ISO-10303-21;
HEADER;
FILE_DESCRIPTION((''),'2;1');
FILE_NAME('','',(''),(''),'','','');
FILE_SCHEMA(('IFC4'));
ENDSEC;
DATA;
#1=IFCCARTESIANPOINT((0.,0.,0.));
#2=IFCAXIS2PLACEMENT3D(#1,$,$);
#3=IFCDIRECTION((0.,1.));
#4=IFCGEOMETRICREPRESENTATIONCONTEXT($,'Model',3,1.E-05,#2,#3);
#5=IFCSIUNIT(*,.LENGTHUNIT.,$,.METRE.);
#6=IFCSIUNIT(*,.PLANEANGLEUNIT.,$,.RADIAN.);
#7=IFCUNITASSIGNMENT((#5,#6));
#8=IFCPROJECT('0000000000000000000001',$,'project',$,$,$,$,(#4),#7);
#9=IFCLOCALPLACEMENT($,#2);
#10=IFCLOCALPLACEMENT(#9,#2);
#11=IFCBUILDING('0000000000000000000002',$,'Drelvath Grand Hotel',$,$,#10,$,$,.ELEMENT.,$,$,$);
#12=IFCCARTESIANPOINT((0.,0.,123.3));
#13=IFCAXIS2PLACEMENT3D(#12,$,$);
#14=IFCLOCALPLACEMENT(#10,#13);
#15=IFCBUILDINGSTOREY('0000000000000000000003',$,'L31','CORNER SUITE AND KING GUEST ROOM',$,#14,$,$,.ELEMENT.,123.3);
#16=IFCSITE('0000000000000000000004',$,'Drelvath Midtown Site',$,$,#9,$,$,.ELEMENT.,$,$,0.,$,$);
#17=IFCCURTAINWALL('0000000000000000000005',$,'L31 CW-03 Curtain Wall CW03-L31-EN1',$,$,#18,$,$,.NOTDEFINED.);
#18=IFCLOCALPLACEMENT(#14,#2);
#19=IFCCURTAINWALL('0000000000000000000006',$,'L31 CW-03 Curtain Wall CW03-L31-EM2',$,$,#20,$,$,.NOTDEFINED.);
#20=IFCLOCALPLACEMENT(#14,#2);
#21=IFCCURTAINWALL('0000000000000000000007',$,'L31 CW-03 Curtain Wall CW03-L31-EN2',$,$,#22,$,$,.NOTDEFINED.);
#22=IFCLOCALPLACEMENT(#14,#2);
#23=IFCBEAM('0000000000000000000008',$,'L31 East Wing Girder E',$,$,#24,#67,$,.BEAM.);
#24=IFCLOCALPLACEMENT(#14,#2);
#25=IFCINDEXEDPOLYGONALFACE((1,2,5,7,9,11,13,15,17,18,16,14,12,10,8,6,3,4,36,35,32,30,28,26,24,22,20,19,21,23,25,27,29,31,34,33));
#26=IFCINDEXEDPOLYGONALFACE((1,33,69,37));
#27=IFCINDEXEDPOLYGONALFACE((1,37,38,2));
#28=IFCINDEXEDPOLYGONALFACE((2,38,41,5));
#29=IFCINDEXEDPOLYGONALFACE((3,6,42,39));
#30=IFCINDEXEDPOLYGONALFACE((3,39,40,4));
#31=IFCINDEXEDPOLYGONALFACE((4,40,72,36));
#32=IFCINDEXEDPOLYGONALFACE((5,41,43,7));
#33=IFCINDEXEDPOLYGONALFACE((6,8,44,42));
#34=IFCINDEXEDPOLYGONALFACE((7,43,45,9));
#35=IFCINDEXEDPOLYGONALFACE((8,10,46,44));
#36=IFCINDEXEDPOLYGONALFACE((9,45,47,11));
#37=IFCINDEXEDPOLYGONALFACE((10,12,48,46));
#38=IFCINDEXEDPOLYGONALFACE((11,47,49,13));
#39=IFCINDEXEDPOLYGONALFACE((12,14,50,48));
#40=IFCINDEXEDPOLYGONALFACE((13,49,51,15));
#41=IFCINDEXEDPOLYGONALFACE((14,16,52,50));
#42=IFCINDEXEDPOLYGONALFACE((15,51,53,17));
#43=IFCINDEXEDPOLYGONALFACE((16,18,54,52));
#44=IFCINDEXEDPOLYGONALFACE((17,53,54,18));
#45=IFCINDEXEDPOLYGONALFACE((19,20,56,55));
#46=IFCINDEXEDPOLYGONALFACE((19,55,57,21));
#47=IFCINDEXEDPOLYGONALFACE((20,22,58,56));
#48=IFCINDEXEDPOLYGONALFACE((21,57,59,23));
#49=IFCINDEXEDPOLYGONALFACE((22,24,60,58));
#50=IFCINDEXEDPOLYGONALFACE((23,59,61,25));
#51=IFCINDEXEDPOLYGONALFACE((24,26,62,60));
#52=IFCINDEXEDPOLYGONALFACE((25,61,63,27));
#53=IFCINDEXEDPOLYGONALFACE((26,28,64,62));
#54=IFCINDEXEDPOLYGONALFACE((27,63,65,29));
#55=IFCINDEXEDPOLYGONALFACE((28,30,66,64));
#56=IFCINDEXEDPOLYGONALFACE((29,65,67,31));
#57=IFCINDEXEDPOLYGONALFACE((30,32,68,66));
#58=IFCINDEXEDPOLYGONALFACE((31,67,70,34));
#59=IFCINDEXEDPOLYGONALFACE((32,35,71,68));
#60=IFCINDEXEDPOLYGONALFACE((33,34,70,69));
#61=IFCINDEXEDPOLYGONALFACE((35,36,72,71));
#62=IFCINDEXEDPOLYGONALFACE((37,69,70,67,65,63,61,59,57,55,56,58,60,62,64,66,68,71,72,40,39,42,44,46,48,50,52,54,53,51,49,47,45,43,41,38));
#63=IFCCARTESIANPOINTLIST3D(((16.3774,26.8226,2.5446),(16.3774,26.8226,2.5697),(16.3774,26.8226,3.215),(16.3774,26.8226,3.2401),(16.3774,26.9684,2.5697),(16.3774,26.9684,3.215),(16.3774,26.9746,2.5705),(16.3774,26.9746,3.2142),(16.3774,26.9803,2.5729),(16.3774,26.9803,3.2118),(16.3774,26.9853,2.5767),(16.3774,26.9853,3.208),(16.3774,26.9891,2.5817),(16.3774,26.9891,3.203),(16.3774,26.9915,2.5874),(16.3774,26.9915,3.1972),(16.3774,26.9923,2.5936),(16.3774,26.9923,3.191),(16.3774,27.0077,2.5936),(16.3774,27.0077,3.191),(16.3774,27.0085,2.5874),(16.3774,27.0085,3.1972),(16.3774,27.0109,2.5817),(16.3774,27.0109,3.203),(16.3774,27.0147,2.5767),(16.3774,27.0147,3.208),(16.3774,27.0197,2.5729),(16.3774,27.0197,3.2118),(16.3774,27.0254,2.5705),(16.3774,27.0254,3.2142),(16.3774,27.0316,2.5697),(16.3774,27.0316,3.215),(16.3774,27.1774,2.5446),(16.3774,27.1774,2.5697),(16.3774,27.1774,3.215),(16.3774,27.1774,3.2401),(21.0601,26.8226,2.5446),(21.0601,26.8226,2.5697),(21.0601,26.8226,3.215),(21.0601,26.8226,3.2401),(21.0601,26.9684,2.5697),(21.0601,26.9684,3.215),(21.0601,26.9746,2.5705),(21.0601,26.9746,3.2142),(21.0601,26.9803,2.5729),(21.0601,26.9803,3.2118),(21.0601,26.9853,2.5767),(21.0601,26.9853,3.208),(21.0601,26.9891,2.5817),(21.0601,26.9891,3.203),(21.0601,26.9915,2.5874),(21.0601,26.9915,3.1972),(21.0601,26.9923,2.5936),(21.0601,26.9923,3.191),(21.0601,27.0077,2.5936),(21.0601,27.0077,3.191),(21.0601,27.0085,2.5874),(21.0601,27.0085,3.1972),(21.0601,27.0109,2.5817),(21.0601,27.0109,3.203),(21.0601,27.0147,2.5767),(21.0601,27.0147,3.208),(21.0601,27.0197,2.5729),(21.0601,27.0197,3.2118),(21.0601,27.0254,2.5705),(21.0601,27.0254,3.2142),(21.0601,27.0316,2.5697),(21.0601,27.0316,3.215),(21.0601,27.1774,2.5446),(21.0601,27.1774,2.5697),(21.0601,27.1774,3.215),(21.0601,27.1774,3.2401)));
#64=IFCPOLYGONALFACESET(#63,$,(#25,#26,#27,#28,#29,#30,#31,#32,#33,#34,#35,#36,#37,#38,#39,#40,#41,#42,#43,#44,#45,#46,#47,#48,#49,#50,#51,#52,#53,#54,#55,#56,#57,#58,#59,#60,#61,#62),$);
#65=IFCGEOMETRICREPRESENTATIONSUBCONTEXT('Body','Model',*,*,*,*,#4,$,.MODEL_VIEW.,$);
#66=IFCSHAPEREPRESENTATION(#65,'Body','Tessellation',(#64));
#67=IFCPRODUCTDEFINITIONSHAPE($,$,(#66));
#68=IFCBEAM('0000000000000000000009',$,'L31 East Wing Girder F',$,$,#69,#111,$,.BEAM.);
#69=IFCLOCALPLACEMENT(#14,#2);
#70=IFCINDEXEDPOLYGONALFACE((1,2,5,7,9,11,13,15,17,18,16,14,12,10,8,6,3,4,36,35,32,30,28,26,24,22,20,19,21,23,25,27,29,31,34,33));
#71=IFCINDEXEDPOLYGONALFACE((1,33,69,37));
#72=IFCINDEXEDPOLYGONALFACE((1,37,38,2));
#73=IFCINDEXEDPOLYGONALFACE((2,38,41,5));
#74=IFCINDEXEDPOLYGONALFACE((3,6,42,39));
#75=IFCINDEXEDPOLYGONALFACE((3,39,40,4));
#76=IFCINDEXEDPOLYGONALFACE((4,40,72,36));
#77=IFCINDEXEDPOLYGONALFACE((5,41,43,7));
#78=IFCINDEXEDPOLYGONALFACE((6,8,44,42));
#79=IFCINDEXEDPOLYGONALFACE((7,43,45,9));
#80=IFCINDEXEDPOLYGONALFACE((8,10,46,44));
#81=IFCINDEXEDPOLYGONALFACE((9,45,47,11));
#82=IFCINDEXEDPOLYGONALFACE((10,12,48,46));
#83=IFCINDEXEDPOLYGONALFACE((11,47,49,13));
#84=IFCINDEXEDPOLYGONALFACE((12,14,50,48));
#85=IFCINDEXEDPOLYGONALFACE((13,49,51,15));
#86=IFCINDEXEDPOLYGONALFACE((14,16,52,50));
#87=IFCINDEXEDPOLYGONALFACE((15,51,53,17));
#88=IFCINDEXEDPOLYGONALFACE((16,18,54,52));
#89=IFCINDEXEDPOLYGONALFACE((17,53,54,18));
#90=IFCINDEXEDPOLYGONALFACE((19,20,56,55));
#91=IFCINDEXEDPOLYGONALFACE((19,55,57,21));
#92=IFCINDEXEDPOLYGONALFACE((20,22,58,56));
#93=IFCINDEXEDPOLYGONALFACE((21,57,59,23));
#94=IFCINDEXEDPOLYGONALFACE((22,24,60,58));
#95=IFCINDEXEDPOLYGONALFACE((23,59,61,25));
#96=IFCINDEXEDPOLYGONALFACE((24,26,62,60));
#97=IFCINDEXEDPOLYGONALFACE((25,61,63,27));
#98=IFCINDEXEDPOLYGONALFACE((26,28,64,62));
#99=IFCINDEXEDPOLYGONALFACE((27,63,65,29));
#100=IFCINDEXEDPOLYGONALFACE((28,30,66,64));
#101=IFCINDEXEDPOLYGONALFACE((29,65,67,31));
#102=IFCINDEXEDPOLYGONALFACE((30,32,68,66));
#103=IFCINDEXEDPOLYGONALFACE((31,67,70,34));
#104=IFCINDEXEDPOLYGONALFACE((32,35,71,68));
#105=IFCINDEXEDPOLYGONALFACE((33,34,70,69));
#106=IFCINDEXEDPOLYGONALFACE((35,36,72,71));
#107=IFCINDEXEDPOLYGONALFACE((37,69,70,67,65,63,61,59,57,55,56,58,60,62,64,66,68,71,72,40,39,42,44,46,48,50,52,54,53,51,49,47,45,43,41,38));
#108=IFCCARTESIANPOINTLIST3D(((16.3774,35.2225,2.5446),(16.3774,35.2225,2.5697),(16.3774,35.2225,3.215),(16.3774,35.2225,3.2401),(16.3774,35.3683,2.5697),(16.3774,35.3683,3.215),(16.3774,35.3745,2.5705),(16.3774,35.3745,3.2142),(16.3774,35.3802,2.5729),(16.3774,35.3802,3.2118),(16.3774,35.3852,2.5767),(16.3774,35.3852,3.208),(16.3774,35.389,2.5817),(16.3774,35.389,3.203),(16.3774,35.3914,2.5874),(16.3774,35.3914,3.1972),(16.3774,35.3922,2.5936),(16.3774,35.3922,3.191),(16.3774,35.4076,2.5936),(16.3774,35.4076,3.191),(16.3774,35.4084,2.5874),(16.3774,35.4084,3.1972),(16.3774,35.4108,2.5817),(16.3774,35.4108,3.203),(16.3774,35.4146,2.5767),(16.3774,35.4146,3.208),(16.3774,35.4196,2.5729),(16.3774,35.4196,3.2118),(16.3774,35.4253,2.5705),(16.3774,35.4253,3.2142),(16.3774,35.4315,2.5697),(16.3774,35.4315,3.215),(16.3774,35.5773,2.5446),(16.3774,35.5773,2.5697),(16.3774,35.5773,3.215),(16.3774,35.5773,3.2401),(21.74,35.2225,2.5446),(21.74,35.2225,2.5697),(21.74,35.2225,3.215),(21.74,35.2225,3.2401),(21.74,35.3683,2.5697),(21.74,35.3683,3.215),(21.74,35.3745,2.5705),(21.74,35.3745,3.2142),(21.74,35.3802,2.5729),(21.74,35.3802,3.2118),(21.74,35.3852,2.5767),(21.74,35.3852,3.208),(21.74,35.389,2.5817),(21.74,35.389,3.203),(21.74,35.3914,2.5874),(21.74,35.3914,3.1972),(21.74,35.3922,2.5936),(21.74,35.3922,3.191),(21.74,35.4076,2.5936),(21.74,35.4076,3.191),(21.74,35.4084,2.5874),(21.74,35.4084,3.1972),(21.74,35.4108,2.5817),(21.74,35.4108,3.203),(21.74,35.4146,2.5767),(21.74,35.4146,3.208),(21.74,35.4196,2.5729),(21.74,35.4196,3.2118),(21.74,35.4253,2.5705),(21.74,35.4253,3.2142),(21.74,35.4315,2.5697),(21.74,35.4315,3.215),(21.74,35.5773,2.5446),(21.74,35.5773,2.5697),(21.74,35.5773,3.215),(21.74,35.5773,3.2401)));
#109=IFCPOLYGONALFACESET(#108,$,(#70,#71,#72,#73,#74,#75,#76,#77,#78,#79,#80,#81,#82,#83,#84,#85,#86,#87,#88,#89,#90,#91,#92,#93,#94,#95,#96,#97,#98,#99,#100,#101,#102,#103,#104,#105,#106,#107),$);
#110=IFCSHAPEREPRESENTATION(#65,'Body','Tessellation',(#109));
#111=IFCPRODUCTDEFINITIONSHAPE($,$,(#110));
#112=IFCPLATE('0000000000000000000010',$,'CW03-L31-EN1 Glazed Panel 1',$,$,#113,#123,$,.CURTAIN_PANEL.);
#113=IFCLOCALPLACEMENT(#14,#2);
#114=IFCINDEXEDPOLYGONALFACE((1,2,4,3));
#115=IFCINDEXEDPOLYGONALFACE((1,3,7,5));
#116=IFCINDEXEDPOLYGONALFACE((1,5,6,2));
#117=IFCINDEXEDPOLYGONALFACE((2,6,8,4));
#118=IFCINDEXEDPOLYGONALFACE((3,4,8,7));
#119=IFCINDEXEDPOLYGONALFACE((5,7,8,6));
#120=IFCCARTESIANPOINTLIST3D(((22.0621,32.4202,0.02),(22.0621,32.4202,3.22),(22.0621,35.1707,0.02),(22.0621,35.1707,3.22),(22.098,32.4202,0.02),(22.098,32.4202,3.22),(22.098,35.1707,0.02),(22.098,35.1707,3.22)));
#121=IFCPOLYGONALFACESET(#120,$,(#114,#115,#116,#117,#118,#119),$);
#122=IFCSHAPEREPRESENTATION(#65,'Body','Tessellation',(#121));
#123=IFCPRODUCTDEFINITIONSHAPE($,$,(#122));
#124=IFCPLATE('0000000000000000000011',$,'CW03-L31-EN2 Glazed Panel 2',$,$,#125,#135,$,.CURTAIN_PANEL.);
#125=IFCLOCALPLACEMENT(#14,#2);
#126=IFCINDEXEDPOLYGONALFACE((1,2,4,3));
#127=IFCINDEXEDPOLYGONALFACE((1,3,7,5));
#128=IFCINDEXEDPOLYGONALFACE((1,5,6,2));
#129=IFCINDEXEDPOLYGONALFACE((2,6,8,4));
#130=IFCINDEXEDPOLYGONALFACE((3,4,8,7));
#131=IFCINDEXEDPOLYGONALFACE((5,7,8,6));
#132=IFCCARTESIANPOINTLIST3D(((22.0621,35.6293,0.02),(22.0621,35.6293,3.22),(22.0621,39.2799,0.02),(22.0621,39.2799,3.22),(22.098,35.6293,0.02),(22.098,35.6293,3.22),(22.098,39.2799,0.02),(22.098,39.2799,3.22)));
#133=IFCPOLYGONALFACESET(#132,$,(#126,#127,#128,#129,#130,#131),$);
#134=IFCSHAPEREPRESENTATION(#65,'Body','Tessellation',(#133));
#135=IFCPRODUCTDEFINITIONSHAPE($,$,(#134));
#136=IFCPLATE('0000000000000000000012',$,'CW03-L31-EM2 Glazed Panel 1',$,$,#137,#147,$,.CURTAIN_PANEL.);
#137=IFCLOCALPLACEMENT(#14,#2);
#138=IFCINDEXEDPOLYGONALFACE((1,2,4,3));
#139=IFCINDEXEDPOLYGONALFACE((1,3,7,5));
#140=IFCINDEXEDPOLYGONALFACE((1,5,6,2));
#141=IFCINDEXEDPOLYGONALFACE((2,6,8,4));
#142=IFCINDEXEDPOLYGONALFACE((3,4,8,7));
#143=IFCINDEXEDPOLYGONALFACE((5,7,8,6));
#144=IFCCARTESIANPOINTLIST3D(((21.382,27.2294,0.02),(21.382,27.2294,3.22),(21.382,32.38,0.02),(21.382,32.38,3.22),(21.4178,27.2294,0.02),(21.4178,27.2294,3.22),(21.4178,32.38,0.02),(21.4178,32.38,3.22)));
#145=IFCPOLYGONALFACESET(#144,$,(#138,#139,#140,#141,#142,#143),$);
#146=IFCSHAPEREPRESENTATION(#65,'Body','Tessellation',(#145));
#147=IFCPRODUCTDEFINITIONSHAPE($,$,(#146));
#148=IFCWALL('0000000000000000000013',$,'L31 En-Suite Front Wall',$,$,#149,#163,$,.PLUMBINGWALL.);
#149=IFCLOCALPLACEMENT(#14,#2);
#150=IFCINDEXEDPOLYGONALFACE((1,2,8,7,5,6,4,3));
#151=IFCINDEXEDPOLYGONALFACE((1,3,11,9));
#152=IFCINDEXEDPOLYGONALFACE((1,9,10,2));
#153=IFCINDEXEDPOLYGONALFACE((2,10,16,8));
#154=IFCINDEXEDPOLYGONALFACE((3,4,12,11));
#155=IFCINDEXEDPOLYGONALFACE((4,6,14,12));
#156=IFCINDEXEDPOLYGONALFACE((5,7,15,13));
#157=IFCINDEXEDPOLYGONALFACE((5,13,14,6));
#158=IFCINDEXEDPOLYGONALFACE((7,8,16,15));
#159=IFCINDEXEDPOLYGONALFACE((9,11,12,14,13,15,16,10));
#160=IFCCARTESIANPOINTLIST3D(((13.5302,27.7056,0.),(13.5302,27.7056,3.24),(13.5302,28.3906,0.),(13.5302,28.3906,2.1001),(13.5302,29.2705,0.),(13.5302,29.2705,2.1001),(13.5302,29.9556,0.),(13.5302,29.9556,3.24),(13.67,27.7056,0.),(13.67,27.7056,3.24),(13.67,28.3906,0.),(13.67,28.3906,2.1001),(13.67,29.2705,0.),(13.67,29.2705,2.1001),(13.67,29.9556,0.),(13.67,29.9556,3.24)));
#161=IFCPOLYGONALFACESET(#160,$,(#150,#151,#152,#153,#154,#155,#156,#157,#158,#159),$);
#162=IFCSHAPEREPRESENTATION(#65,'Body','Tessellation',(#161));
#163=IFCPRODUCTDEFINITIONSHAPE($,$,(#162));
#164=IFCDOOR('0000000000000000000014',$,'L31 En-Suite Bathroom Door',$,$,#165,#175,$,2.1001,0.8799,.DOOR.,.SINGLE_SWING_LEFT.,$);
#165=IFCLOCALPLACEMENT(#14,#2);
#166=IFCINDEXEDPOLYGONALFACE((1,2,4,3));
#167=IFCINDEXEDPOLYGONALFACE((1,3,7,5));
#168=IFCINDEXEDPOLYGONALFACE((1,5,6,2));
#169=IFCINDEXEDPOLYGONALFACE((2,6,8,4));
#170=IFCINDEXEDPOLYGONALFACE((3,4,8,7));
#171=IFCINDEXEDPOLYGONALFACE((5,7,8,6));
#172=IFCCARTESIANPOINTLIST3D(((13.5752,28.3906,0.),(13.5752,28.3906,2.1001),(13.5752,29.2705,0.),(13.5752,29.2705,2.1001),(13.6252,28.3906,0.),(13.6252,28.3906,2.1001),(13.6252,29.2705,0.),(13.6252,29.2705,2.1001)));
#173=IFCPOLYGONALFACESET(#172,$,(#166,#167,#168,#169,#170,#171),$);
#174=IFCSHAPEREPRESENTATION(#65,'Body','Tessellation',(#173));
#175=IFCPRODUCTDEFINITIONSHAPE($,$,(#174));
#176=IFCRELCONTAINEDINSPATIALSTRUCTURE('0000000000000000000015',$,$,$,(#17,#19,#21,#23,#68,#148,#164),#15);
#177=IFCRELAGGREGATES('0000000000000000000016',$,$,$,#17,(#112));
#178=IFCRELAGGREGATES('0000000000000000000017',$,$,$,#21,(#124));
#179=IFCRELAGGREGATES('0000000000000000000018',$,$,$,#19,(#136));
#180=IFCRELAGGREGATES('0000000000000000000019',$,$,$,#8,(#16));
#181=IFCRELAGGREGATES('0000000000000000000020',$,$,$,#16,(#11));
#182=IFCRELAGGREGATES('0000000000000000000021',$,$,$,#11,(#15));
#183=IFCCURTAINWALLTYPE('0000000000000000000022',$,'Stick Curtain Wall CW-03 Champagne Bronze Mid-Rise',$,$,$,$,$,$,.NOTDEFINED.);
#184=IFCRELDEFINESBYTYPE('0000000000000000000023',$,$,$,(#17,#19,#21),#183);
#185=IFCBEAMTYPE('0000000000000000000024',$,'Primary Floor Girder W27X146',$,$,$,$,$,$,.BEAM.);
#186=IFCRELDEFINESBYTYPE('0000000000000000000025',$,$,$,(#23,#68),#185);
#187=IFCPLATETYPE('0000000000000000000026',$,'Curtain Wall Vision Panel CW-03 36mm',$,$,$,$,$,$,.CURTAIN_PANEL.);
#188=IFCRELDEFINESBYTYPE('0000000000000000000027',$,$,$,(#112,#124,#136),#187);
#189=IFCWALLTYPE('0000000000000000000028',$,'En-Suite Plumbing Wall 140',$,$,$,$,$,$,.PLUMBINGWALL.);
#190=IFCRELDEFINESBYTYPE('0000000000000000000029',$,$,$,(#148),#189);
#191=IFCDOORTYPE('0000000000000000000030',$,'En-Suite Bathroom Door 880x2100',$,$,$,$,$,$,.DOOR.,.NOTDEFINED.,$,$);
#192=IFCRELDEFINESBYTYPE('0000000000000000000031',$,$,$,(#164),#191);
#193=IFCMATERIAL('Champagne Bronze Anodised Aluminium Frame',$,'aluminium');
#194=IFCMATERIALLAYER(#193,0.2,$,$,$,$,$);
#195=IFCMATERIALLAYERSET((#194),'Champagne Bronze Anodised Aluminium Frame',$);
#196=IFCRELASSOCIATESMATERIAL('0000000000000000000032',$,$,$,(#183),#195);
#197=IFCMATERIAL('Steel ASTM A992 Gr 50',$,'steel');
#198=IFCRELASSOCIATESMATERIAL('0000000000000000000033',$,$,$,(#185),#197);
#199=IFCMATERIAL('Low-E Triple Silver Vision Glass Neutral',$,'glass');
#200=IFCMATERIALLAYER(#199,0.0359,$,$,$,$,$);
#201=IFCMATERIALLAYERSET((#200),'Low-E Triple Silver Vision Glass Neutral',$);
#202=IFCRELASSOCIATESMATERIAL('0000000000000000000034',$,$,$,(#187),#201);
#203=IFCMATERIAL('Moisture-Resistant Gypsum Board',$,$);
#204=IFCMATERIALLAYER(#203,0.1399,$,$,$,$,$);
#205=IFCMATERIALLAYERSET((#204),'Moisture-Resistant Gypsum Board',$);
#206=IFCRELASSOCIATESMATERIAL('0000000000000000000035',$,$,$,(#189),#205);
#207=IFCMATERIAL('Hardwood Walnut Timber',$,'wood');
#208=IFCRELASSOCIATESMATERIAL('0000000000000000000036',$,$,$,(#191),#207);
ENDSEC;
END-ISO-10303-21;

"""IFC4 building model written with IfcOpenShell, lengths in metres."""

from ifc_helpers import new_model, si_unit, direction, frame, frame_2d, origin, origin_2d, place, context, subcontext, project, spatial, rectangle, i_section, extrude, material, layer, layer_set, material_profile, profile_set, type_object, element, fill, aggregate, save


model = new_model("IFC4")

# Units and contexts
model_context = context("Model", 3, precision=1e-05, world=origin(), true_north=direction((0.0, 1.0)))
body_context = subcontext(model_context, "Body", "Model", "MODEL_VIEW")
ifc_project = project(units=[si_unit("LENGTHUNIT", "METRE"), si_unit("PLANEANGLEUNIT", "RADIAN")], contexts=[model_context])

# Site, building, storey
site_placement = place(None, origin())
site = spatial("IfcSite", under=ifc_project, at=site_placement, Name="Drelvath Midtown Site", CompositionType="ELEMENT", RefElevation=0.0)
building_placement = place(site_placement, origin())
building = spatial("IfcBuilding", under=site, at=building_placement, Name="Drelvath Grand Hotel", CompositionType="ELEMENT")
storey_placement = place(building_placement, frame((0.0, 0.0, 123.3)))
storey = spatial("IfcBuildingStorey", under=building, at=storey_placement, Name="L31", Description="CORNER SUITE AND KING GUEST ROOM", CompositionType="ELEMENT", Elevation=123.3)

# Curtain walls
ifc_material_1 = material(Name="Champagne Bronze Anodised Aluminium Frame", Category="aluminium")
ifc_layer_1 = layer(ifc_material_1, 0.2)
ifc_layer_set_1 = layer_set([ifc_layer_1], Name="Champagne Bronze Anodised Aluminium Frame")
curtain_wall_type = type_object("IfcCurtainWallType", Name="Stick Curtain Wall CW-03 Champagne Bronze Mid-Rise", PredefinedType="NOTDEFINED", material=ifc_layer_set_1)
curtain_wall_1_placement = place(storey_placement, origin())
curtain_wall_1 = element("IfcCurtainWall", 1, at=curtain_wall_1_placement, inside=storey, type_object=curtain_wall_type, Name="L31 CW-03 Curtain Wall CW03-L31-EN1", PredefinedType="NOTDEFINED")
curtain_wall_2_placement = place(storey_placement, origin())
curtain_wall_2 = element("IfcCurtainWall", 2, at=curtain_wall_2_placement, inside=storey, type_object=curtain_wall_type, Name="L31 CW-03 Curtain Wall CW03-L31-EM2", PredefinedType="NOTDEFINED")

# Curtain wall
curtain_wall_3_placement = place(storey_placement, origin())
curtain_wall_3 = element("IfcCurtainWall", 3, at=curtain_wall_3_placement, inside=storey, type_object=curtain_wall_type, Name="L31 CW-03 Curtain Wall CW03-L31-EN2", PredefinedType="NOTDEFINED")

# Beams
ifc_material_2 = material(Name="Steel ASTM A992 Gr 50", Category="steel")
ifc_material_profile_1 = material_profile(ifc_material_2, i_section(OverallWidth=0.3547, OverallDepth=0.6956, WebThickness=0.0154, FlangeThickness=0.0251, FilletRadius=0.0239, at=origin_2d()), Name="W27X146")
ifc_profile_set_1 = profile_set([ifc_material_profile_1], Name="Steel ASTM A992 Gr 50")
beam_type_1 = type_object("IfcBeamType", Name="Primary Floor Girder W27X146", PredefinedType="BEAM", material=ifc_profile_set_1)
beam_1_placement = place(storey_placement, frame((16.3774, 27.0, 2.8923), z_axis=(1.0, 0.0, 0.0), x_axis=(0.0, 1.0, 0.0)))
element("IfcBeam", 4, at=beam_1_placement, inside=storey, type_object=beam_type_1, Name="L31 East Wing Girder E", PredefinedType="BEAM", context=body_context, shape_type="SweptSolid", body=[
    extrude(i_section(OverallWidth=0.3547, OverallDepth=0.6956, WebThickness=0.0154, FlangeThickness=0.0251, FilletRadius=0.0239, at=origin_2d()), origin(), (0.0, 0.0, 1.0), 4.6826),
])
beam_2_placement = place(storey_placement, frame((16.3774, 35.3999, 2.8923), z_axis=(1.0, 0.0, 0.0), x_axis=(0.0, 1.0, 0.0)))
element("IfcBeam", 5, at=beam_2_placement, inside=storey, type_object=beam_type_1, Name="L31 East Wing Girder F", PredefinedType="BEAM", context=body_context, shape_type="SweptSolid", body=[
    extrude(i_section(OverallWidth=0.3547, OverallDepth=0.6956, WebThickness=0.0154, FlangeThickness=0.0251, FilletRadius=0.0239, at=origin_2d()), origin(), (0.0, 0.0, 1.0), 5.3625),
])

# Plates
ifc_material_3 = material(Name="Low-E Triple Silver Vision Glass Neutral", Category="glass")
ifc_layer_2 = layer(ifc_material_3, 0.0359)
ifc_layer_set_2 = layer_set([ifc_layer_2], Name="Low-E Triple Silver Vision Glass Neutral")
plate_type = type_object("IfcPlateType", Name="Curtain Wall Vision Panel CW-03 36mm", PredefinedType="CURTAIN_PANEL", material=ifc_layer_set_2)
plate_1_placement = place(storey_placement, frame((22.0801, 33.7954, 0.02), z_axis=(0.0, 0.0, 1.0), x_axis=(0.0, -1.0, 0.0)))
plate_1 = element("IfcPlate", 6, at=plate_1_placement, type_object=plate_type, Name="CW03-L31-EN1 Glazed Panel 1", PredefinedType="CURTAIN_PANEL", context=body_context, shape_type="SweptSolid", body=[
    extrude(rectangle(XDim=2.7505, YDim=0.0359, at=origin_2d()), origin(), (0.0, 0.0, 1.0), 3.2),
])
aggregate(curtain_wall_1, [plate_1])
plate_2_placement = place(storey_placement, frame((22.0801, 37.4546, 0.02), z_axis=(0.0, 0.0, 1.0), x_axis=(0.0, -1.0, 0.0)))
plate_2 = element("IfcPlate", 7, at=plate_2_placement, type_object=plate_type, Name="CW03-L31-EN2 Glazed Panel 2", PredefinedType="CURTAIN_PANEL", context=body_context, shape_type="SweptSolid", body=[
    extrude(rectangle(XDim=3.6506, YDim=0.0359, at=origin_2d()), origin(), (0.0, 0.0, 1.0), 3.2),
])
aggregate(curtain_wall_3, [plate_2])
plate_3_placement = place(storey_placement, frame((21.3999, 29.8047, 0.02), z_axis=(0.0, 0.0, 1.0), x_axis=(0.0, -1.0, 0.0)))
plate_3 = element("IfcPlate", 8, at=plate_3_placement, type_object=plate_type, Name="CW03-L31-EM2 Glazed Panel 1", PredefinedType="CURTAIN_PANEL", context=body_context, shape_type="SweptSolid", body=[
    extrude(rectangle(XDim=5.1506, YDim=0.0359, at=origin_2d()), origin(), (0.0, 0.0, 1.0), 3.2),
])
aggregate(curtain_wall_2, [plate_3])

# Wall, opening, door
ifc_material_4 = material(Name="Moisture-Resistant Gypsum Board")
ifc_layer_3 = layer(ifc_material_4, 0.1399)
ifc_layer_set_3 = layer_set([ifc_layer_3], Name="Moisture-Resistant Gypsum Board")
wall_type_1 = type_object("IfcWallType", Name="En-Suite Plumbing Wall 140", PredefinedType="PLUMBINGWALL", material=ifc_layer_set_3)
wall_1_placement = place(storey_placement, frame((13.6001, 27.7056, 0.0), z_axis=(0.0, 0.0, 1.0), x_axis=(0.0, 1.0, 0.0)))
wall_1 = element("IfcWall", 9, at=wall_1_placement, inside=storey, type_object=wall_type_1, Name="L31 En-Suite Front Wall", PredefinedType="PLUMBINGWALL", context=body_context, shape_type="SweptSolid", body=[
    extrude(rectangle(XDim=2.25, YDim=0.1399, at=frame_2d((1.125, 0.0))), origin(), (0.0, 0.0, 1.0), 3.24),
])
opening_1_placement = place(wall_1_placement, frame((0.6851, 0.0, 0.0)))
opening_1 = element("IfcOpeningElement", 10, at=opening_1_placement, cuts=wall_1, PredefinedType="OPENING", context=body_context, shape_type="SweptSolid", body=[
    extrude(rectangle(XDim=0.8799, YDim=2.1001, at=frame_2d((0.4399, 1.05))), frame((0.0, 0.0798, 0.0), z_axis=(0.0, -1.0, 0.0), x_axis=(1.0, 0.0, 0.0)), (0.0, 0.0, 1.0), 0.1599),
])
ifc_material_5 = material(Name="Hardwood Walnut Timber", Category="wood")
door_type = type_object("IfcDoorType", Name="En-Suite Bathroom Door 880x2100", OperationType="NOTDEFINED", PredefinedType="DOOR", material=ifc_material_5)
door_1_placement = place(opening_1_placement, origin())
door_1 = element("IfcDoor", 11, at=door_1_placement, inside=storey, type_object=door_type, Name="L31 En-Suite Bathroom Door", OperationType="SINGLE_SWING_LEFT", OverallHeight=2.1001, OverallWidth=0.8799, PredefinedType="DOOR", context=body_context, shape_type="SweptSolid", body=[
    extrude(rectangle(XDim=0.8799, YDim=2.1001, at=frame_2d((0.4399, 1.05))), frame((0.0, 0.0249, 0.0), z_axis=(0.0, -1.0, 0.0), x_axis=(1.0, 0.0, 0.0)), (0.0, 0.0, 1.0), 0.05),
])
fill(opening_1, door_1)

save(model, "model.ifc")
